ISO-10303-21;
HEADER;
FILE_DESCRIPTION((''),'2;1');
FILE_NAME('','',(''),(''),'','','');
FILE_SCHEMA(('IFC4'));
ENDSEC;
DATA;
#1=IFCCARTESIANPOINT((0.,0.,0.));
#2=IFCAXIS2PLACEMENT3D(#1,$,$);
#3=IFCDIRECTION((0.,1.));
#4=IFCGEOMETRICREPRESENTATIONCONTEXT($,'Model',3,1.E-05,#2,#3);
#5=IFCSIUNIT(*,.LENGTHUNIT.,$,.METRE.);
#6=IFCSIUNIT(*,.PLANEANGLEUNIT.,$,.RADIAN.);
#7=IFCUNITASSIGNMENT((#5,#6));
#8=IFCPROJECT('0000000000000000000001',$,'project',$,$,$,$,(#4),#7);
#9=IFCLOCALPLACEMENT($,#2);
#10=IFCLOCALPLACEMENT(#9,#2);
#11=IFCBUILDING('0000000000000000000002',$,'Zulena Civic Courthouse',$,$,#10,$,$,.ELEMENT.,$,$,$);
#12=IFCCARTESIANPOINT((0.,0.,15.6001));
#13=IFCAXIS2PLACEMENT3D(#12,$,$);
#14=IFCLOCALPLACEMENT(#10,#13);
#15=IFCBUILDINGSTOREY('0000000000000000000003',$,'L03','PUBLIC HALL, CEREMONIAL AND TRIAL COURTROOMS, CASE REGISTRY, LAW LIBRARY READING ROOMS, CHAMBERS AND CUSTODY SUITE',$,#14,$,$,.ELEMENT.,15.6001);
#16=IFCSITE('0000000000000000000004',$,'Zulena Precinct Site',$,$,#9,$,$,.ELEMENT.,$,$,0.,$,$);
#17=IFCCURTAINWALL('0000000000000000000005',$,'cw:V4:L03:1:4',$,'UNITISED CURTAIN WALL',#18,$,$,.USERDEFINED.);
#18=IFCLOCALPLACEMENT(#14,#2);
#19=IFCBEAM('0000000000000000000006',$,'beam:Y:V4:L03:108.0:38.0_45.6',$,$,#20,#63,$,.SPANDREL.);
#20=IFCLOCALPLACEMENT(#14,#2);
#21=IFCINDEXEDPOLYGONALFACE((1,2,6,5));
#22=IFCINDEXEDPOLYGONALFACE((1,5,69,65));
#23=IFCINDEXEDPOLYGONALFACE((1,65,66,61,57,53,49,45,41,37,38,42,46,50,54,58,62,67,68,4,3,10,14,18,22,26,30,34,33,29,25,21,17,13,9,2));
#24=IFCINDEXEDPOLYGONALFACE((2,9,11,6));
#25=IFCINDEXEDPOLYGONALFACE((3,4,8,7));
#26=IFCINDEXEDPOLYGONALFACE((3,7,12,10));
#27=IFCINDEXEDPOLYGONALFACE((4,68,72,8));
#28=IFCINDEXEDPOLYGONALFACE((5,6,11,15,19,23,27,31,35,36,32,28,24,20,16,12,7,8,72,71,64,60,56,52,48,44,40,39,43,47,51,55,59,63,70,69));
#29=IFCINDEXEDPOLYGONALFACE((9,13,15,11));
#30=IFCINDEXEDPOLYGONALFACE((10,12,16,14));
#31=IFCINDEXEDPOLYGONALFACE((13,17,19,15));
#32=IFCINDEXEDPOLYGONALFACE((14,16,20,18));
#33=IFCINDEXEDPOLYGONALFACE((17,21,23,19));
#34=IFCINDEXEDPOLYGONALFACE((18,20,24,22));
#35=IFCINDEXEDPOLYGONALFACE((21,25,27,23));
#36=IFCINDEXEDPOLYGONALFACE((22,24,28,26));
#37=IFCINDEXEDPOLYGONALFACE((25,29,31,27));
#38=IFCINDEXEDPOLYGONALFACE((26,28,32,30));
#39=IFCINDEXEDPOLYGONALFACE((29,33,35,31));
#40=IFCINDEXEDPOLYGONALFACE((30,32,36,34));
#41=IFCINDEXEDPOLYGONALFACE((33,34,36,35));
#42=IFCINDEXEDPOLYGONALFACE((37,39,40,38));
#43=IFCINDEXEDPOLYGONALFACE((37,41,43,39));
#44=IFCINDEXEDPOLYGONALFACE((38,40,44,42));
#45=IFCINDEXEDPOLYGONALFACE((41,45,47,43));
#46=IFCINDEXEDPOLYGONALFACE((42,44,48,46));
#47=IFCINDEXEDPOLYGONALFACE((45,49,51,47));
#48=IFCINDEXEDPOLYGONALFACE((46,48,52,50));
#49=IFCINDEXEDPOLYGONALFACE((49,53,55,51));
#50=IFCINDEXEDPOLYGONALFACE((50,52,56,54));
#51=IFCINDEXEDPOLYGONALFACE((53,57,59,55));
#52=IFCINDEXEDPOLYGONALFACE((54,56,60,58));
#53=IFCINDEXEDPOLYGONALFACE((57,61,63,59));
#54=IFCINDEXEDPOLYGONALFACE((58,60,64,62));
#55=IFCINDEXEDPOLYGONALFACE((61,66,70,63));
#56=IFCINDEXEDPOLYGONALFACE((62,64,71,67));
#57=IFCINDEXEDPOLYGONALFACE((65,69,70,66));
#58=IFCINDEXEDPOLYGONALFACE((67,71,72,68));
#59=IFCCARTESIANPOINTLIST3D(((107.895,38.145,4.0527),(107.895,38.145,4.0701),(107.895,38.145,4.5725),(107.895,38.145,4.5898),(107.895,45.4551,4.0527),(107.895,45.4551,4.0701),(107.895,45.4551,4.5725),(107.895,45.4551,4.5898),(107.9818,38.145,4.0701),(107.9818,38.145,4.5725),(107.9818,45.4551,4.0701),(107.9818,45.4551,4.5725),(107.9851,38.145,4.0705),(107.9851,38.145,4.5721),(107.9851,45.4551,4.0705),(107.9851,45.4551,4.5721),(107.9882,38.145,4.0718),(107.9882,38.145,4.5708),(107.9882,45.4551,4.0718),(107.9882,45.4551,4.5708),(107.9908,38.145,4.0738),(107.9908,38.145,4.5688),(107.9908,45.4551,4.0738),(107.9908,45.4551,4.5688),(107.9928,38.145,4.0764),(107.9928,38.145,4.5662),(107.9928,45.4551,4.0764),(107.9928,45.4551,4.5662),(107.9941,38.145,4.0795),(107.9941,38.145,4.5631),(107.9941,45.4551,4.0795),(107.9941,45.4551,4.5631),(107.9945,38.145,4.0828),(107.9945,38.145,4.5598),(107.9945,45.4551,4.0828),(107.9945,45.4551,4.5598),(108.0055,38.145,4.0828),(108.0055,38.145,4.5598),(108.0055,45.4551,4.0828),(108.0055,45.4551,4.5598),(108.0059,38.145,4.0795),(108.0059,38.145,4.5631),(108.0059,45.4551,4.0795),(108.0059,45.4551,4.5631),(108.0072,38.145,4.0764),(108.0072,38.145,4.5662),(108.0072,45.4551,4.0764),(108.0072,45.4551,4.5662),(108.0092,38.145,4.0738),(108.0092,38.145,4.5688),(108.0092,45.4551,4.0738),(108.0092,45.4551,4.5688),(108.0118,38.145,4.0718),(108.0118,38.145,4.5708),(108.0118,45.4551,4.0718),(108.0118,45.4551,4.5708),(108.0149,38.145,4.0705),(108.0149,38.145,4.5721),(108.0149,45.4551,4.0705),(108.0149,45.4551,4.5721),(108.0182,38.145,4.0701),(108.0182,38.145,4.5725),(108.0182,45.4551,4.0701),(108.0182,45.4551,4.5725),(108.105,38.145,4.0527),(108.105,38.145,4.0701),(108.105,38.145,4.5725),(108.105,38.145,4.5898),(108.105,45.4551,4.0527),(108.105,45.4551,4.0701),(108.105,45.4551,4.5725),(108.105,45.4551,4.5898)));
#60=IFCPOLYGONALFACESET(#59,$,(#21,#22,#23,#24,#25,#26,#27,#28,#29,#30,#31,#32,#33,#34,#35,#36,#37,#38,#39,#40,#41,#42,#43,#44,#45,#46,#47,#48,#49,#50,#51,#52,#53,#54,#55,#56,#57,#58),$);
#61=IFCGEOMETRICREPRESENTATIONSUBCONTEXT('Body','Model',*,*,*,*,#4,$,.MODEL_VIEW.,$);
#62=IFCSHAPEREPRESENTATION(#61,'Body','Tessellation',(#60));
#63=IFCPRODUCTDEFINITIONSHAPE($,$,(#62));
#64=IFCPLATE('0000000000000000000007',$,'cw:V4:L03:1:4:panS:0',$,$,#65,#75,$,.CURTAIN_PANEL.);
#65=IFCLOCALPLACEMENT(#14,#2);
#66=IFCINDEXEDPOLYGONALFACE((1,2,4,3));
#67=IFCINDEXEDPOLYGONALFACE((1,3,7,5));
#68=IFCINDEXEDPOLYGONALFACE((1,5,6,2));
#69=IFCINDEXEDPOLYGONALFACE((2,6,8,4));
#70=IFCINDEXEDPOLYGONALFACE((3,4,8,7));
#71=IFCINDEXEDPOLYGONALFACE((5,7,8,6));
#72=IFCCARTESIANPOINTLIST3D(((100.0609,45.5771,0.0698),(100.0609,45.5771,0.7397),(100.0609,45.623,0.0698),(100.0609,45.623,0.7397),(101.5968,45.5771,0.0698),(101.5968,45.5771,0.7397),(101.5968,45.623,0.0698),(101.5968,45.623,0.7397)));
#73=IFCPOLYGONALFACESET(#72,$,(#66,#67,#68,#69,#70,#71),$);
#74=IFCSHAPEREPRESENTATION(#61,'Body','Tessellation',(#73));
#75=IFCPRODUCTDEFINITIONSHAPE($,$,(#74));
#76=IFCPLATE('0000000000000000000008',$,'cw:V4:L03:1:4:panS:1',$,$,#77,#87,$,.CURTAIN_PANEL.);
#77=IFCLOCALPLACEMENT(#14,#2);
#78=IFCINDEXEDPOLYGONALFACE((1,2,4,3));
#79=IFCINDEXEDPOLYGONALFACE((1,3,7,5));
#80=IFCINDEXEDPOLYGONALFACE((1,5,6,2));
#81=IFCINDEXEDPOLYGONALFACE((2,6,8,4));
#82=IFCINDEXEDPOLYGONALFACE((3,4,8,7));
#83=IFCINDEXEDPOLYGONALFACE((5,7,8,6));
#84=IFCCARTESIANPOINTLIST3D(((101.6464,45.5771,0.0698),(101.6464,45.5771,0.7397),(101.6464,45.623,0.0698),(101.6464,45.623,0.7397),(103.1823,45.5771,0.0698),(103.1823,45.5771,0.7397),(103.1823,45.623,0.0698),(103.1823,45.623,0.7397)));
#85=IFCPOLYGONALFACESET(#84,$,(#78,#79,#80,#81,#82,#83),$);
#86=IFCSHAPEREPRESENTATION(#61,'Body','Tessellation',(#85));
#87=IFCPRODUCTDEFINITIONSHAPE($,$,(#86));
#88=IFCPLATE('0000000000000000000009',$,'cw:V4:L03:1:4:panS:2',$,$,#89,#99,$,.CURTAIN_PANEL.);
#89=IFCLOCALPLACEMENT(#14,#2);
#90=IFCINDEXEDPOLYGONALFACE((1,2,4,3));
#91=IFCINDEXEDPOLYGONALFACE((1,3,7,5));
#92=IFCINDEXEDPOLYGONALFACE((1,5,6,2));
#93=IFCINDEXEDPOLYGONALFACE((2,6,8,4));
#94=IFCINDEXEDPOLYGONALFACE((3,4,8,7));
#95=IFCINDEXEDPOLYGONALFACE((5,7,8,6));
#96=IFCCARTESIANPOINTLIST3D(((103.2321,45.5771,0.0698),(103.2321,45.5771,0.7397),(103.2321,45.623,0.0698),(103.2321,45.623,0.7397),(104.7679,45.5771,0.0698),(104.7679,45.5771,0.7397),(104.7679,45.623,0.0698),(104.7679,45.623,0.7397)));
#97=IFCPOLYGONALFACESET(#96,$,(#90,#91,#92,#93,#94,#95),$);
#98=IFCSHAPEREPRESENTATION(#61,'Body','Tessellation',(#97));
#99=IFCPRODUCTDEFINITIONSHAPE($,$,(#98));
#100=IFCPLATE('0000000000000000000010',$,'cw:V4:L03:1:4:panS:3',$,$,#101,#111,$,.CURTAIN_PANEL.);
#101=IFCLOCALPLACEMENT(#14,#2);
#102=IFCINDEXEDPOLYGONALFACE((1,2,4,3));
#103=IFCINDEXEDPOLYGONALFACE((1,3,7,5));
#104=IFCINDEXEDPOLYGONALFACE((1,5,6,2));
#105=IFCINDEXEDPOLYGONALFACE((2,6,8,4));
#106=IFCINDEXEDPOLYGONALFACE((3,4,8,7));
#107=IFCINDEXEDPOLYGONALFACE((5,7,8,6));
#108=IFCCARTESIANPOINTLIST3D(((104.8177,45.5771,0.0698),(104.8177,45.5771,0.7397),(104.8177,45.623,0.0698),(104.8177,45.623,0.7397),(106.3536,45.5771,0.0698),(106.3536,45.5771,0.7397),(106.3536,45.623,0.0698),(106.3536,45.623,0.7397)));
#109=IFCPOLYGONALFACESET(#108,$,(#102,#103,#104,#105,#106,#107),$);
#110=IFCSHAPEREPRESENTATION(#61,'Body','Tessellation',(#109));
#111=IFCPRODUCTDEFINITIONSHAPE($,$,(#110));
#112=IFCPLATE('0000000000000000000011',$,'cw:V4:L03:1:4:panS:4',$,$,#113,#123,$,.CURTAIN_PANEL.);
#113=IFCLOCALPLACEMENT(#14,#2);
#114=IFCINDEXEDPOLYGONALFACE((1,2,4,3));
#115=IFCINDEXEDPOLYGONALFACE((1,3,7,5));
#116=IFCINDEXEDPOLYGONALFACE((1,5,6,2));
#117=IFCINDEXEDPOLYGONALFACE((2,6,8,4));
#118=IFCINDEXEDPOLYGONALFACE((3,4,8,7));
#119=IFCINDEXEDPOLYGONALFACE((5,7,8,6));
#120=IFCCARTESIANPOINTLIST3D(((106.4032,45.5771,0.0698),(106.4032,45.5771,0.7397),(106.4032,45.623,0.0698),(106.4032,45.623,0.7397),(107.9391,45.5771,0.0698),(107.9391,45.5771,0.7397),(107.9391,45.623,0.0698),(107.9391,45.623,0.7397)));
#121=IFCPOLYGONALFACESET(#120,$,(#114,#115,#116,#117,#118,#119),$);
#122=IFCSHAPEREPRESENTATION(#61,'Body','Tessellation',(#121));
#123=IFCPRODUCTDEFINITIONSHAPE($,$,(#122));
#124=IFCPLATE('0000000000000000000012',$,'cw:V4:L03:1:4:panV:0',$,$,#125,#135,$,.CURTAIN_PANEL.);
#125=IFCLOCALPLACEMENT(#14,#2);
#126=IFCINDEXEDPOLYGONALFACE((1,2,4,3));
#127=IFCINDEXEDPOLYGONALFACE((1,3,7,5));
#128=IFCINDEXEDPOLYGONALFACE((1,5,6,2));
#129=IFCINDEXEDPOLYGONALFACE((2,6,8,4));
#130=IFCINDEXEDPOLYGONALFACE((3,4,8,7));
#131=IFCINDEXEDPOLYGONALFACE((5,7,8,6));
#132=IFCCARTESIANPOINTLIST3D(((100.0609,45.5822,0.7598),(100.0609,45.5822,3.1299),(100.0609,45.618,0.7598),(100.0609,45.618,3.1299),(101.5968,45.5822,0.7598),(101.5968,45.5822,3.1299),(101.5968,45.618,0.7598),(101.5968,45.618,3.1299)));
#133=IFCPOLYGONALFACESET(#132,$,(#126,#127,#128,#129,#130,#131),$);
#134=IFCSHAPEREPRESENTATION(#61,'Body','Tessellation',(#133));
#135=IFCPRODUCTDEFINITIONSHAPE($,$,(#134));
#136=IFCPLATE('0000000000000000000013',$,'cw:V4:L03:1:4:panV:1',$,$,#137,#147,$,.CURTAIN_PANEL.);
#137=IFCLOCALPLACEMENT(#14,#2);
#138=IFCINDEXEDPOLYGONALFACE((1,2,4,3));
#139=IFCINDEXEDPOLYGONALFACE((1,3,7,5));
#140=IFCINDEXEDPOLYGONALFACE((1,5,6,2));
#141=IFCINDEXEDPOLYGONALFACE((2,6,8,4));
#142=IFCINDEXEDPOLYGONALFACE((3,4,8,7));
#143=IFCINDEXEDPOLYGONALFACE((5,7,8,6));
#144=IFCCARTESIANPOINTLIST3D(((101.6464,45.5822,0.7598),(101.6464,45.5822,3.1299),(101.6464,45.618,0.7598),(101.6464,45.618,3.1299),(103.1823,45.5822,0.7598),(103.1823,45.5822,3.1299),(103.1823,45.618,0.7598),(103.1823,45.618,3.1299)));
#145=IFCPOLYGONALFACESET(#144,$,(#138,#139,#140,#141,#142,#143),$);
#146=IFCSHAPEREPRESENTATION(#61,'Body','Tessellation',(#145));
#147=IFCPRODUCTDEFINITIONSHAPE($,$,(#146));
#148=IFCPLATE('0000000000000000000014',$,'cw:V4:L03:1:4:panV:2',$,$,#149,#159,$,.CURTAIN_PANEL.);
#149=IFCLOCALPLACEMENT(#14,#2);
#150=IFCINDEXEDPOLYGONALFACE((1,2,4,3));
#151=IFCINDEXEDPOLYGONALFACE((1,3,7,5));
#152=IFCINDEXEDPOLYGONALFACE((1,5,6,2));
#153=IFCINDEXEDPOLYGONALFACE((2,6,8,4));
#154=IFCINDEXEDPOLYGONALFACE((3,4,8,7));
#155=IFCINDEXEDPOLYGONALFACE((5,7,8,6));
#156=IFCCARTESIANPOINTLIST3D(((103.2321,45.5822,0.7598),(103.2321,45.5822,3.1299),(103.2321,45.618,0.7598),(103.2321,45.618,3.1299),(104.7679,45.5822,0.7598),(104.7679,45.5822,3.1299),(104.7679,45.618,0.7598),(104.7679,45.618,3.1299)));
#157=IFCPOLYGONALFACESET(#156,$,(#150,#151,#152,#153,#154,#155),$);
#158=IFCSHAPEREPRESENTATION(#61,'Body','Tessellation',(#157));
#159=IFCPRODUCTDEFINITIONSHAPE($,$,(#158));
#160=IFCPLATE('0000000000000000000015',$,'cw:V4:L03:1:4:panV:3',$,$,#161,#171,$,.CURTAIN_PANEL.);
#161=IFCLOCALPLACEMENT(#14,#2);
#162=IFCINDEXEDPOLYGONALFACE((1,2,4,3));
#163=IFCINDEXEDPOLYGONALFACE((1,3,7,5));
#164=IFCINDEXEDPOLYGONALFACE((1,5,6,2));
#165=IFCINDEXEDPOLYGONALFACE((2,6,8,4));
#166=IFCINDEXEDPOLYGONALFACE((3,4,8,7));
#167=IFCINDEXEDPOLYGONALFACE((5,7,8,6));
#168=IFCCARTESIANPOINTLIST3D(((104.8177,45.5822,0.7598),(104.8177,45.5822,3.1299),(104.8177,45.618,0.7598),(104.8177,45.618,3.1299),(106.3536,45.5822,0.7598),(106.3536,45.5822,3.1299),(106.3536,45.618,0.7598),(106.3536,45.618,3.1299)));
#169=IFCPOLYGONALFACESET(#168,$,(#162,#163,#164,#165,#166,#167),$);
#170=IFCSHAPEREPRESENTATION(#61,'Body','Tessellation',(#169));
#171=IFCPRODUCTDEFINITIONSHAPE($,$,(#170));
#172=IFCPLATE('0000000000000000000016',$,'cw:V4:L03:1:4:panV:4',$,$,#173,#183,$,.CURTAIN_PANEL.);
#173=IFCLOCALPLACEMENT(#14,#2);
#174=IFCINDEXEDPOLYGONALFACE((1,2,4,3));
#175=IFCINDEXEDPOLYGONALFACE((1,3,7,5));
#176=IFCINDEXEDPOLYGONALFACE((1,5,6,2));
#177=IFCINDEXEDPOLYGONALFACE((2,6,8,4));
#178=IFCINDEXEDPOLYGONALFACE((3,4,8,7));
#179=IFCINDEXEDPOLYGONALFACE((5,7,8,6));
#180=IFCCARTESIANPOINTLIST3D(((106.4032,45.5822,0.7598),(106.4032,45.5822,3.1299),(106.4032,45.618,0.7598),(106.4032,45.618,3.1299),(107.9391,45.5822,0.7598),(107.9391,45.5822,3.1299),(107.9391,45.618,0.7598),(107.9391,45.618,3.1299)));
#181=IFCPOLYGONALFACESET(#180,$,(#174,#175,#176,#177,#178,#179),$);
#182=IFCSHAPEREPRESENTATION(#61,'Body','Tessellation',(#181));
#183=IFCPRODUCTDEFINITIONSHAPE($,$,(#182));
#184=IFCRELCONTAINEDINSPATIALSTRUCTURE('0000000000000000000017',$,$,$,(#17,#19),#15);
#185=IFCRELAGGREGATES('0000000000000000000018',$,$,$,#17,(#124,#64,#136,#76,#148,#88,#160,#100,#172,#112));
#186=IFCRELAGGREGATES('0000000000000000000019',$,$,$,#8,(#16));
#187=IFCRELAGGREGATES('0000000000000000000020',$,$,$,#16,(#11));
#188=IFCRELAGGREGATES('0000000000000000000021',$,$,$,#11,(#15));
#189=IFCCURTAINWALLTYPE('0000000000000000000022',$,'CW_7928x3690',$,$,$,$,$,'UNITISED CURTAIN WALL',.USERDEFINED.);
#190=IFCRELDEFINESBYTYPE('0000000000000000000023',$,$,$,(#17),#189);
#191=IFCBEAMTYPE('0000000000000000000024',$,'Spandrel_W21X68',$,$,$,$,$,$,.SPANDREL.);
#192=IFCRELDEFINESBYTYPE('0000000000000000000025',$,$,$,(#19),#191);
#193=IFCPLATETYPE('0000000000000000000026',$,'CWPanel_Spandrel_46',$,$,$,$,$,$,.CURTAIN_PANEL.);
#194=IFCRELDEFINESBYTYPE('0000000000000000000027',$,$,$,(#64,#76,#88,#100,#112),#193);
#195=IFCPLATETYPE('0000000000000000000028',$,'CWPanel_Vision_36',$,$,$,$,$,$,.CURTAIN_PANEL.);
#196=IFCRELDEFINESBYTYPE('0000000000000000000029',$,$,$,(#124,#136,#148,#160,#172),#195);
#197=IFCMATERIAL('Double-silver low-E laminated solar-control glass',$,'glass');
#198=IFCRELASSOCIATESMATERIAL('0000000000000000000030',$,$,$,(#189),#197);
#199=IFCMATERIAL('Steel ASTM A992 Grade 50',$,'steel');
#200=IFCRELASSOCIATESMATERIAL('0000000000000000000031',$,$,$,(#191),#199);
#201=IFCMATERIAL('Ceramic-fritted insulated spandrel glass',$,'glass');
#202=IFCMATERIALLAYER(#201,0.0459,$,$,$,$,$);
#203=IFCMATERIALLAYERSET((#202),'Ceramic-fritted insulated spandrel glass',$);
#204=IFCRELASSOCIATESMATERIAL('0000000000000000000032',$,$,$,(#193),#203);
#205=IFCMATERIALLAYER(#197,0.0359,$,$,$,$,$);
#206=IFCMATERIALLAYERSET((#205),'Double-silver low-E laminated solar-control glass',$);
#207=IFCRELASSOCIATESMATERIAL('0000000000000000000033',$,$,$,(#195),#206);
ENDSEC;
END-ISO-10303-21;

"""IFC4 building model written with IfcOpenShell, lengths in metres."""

from ifc_helpers import new_model, si_unit, direction, frame, origin, origin_2d, place, context, subcontext, project, spatial, rectangle, i_section, extrude, material, layer, layer_set, material_profile, profile_set, type_object, element, aggregate, save


model = new_model("IFC4")

# Units and contexts
model_context = context("Model", 3, precision=1e-05, world=origin(), true_north=direction((0.0, 1.0)))
body_context = subcontext(model_context, "Body", "Model", "MODEL_VIEW")
ifc_project = project(units=[si_unit("LENGTHUNIT", "METRE"), si_unit("PLANEANGLEUNIT", "RADIAN")], contexts=[model_context])

# Site, building, storey
site_placement = place(None, origin())
site = spatial("IfcSite", under=ifc_project, at=site_placement, Name="Zulena Precinct Site", CompositionType="ELEMENT", RefElevation=0.0)
building_placement = place(site_placement, origin())
building = spatial("IfcBuilding", under=site, at=building_placement, Name="Zulena Civic Courthouse", CompositionType="ELEMENT")
storey_placement = place(building_placement, frame((0.0, 0.0, 15.6001)))
storey = spatial("IfcBuildingStorey", under=building, at=storey_placement, Name="L03", Description="PUBLIC HALL, CEREMONIAL AND TRIAL COURTROOMS, CASE REGISTRY, LAW LIBRARY READING ROOMS, CHAMBERS AND CUSTODY SUITE", CompositionType="ELEMENT", Elevation=15.6001)

# Shared definitions
ifc_material_1 = material(Name="Steel ASTM A992 Grade 50", Category="steel")

# Curtain wall
ifc_material_2 = material(Name="Double-silver low-E laminated solar-control glass", Category="glass")
curtain_wall_type = type_object("IfcCurtainWallType", Name="CW_7928x3690", ElementType="UNITISED CURTAIN WALL", PredefinedType="USERDEFINED", material=ifc_material_2)
curtain_wall_1_placement = place(storey_placement, origin())
curtain_wall_1 = element("IfcCurtainWall", 1, at=curtain_wall_1_placement, inside=storey, type_object=curtain_wall_type, Name="cw:V4:L03:1:4", ObjectType="UNITISED CURTAIN WALL", PredefinedType="USERDEFINED")

# Beam
ifc_material_profile_1 = material_profile(ifc_material_1, i_section(OverallWidth=0.21, OverallDepth=0.5371, WebThickness=0.011, FlangeThickness=0.0173, FilletRadius=0.0127, at=origin_2d()), Name="W21X68")
ifc_profile_set_1 = profile_set([ifc_material_profile_1], Name="Steel ASTM A992 Grade 50")
beam_type_1 = type_object("IfcBeamType", Name="Spandrel_W21X68", PredefinedType="SPANDREL", material=ifc_profile_set_1)
beam_1_placement = place(storey_placement, frame((108.0, 38.145, 4.3213), z_axis=(0.0, 1.0, 0.0), x_axis=(-1.0, 0.0, 0.0)))
element("IfcBeam", 2, at=beam_1_placement, inside=storey, type_object=beam_type_1, Name="beam:Y:V4:L03:108.0:38.0_45.6", PredefinedType="SPANDREL", context=body_context, shape_type="SweptSolid", body=[
    extrude(i_section(OverallWidth=0.21, OverallDepth=0.5371, WebThickness=0.011, FlangeThickness=0.0173, FilletRadius=0.0127, at=origin_2d()), origin(), (0.0, 0.0, 1.0), 7.3101),
])

# Plates
ifc_material_3 = material(Name="Ceramic-fritted insulated spandrel glass", Category="glass")
ifc_layer_1 = layer(ifc_material_3, 0.0459)
ifc_layer_set_1 = layer_set([ifc_layer_1], Name="Ceramic-fritted insulated spandrel glass")
plate_type_1 = type_object("IfcPlateType", Name="CWPanel_Spandrel_46", PredefinedType="CURTAIN_PANEL", material=ifc_layer_set_1)
plate_1_placement = place(storey_placement, frame((100.8289, 45.6001, 0.0698), z_axis=(0.0, 0.0, 1.0), x_axis=(1.0, 0.0, 0.0)))
plate_1 = element("IfcPlate", 3, at=plate_1_placement, type_object=plate_type_1, Name="cw:V4:L03:1:4:panS:0", PredefinedType="CURTAIN_PANEL", context=body_context, shape_type="SweptSolid", body=[
    extrude(rectangle(XDim=1.5359, YDim=0.0459, at=origin_2d()), origin(), (0.0, 0.0, 1.0), 0.6699),
])
plate_2_placement = place(storey_placement, frame((102.4143, 45.6001, 0.0698), z_axis=(0.0, 0.0, 1.0), x_axis=(1.0, 0.0, 0.0)))
plate_2 = element("IfcPlate", 4, at=plate_2_placement, type_object=plate_type_1, Name="cw:V4:L03:1:4:panS:1", PredefinedType="CURTAIN_PANEL", context=body_context, shape_type="SweptSolid", body=[
    extrude(rectangle(XDim=1.5359, YDim=0.0459, at=origin_2d()), origin(), (0.0, 0.0, 1.0), 0.6699),
])
plate_3_placement = place(storey_placement, frame((104.0, 45.6001, 0.0698), z_axis=(0.0, 0.0, 1.0), x_axis=(1.0, 0.0, 0.0)))
plate_3 = element("IfcPlate", 5, at=plate_3_placement, type_object=plate_type_1, Name="cw:V4:L03:1:4:panS:2", PredefinedType="CURTAIN_PANEL", context=body_context, shape_type="SweptSolid", body=[
    extrude(rectangle(XDim=1.5359, YDim=0.0459, at=origin_2d()), origin(), (0.0, 0.0, 1.0), 0.6699),
])
plate_4_placement = place(storey_placement, frame((105.5857, 45.6001, 0.0698), z_axis=(0.0, 0.0, 1.0), x_axis=(1.0, 0.0, 0.0)))
plate_4 = element("IfcPlate", 6, at=plate_4_placement, type_object=plate_type_1, Name="cw:V4:L03:1:4:panS:3", PredefinedType="CURTAIN_PANEL", context=body_context, shape_type="SweptSolid", body=[
    extrude(rectangle(XDim=1.5359, YDim=0.0459, at=origin_2d()), origin(), (0.0, 0.0, 1.0), 0.6699),
])
plate_5_placement = place(storey_placement, frame((107.1711, 45.6001, 0.0698), z_axis=(0.0, 0.0, 1.0), x_axis=(1.0, 0.0, 0.0)))
plate_5 = element("IfcPlate", 7, at=plate_5_placement, type_object=plate_type_1, Name="cw:V4:L03:1:4:panS:4", PredefinedType="CURTAIN_PANEL", context=body_context, shape_type="SweptSolid", body=[
    extrude(rectangle(XDim=1.5359, YDim=0.0459, at=origin_2d()), origin(), (0.0, 0.0, 1.0), 0.6699),
])
ifc_layer_2 = layer(ifc_material_2, 0.0359)
ifc_layer_set_2 = layer_set([ifc_layer_2], Name="Double-silver low-E laminated solar-control glass")
plate_type_2 = type_object("IfcPlateType", Name="CWPanel_Vision_36", PredefinedType="CURTAIN_PANEL", material=ifc_layer_set_2)
plate_6_placement = place(storey_placement, frame((100.8289, 45.6001, 0.7598), z_axis=(0.0, 0.0, 1.0), x_axis=(1.0, 0.0, 0.0)))
plate_6 = element("IfcPlate", 8, at=plate_6_placement, type_object=plate_type_2, Name="cw:V4:L03:1:4:panV:0", PredefinedType="CURTAIN_PANEL", context=body_context, shape_type="SweptSolid", body=[
    extrude(rectangle(XDim=1.5359, YDim=0.0359, at=origin_2d()), origin(), (0.0, 0.0, 1.0), 2.3701),
])
plate_7_placement = place(storey_placement, frame((102.4143, 45.6001, 0.7598), z_axis=(0.0, 0.0, 1.0), x_axis=(1.0, 0.0, 0.0)))
plate_7 = element("IfcPlate", 9, at=plate_7_placement, type_object=plate_type_2, Name="cw:V4:L03:1:4:panV:1", PredefinedType="CURTAIN_PANEL", context=body_context, shape_type="SweptSolid", body=[
    extrude(rectangle(XDim=1.5359, YDim=0.0359, at=origin_2d()), origin(), (0.0, 0.0, 1.0), 2.3701),
])
plate_8_placement = place(storey_placement, frame((104.0, 45.6001, 0.7598), z_axis=(0.0, 0.0, 1.0), x_axis=(1.0, 0.0, 0.0)))
plate_8 = element("IfcPlate", 10, at=plate_8_placement, type_object=plate_type_2, Name="cw:V4:L03:1:4:panV:2", PredefinedType="CURTAIN_PANEL", context=body_context, shape_type="SweptSolid", body=[
    extrude(rectangle(XDim=1.5359, YDim=0.0359, at=origin_2d()), origin(), (0.0, 0.0, 1.0), 2.3701),
])
plate_9_placement = place(storey_placement, frame((105.5857, 45.6001, 0.7598), z_axis=(0.0, 0.0, 1.0), x_axis=(1.0, 0.0, 0.0)))
plate_9 = element("IfcPlate", 11, at=plate_9_placement, type_object=plate_type_2, Name="cw:V4:L03:1:4:panV:3", PredefinedType="CURTAIN_PANEL", context=body_context, shape_type="SweptSolid", body=[
    extrude(rectangle(XDim=1.5359, YDim=0.0359, at=origin_2d()), origin(), (0.0, 0.0, 1.0), 2.3701),
])
plate_10_placement = place(storey_placement, frame((107.1711, 45.6001, 0.7598), z_axis=(0.0, 0.0, 1.0), x_axis=(1.0, 0.0, 0.0)))
plate_10 = element("IfcPlate", 12, at=plate_10_placement, type_object=plate_type_2, Name="cw:V4:L03:1:4:panV:4", PredefinedType="CURTAIN_PANEL", context=body_context, shape_type="SweptSolid", body=[
    extrude(rectangle(XDim=1.5359, YDim=0.0359, at=origin_2d()), origin(), (0.0, 0.0, 1.0), 2.3701),
])
aggregate(curtain_wall_1, [plate_6, plate_1, plate_7, plate_2, plate_8, plate_3, plate_9, plate_4, plate_10, plate_5])

save(model, "model.ifc")
